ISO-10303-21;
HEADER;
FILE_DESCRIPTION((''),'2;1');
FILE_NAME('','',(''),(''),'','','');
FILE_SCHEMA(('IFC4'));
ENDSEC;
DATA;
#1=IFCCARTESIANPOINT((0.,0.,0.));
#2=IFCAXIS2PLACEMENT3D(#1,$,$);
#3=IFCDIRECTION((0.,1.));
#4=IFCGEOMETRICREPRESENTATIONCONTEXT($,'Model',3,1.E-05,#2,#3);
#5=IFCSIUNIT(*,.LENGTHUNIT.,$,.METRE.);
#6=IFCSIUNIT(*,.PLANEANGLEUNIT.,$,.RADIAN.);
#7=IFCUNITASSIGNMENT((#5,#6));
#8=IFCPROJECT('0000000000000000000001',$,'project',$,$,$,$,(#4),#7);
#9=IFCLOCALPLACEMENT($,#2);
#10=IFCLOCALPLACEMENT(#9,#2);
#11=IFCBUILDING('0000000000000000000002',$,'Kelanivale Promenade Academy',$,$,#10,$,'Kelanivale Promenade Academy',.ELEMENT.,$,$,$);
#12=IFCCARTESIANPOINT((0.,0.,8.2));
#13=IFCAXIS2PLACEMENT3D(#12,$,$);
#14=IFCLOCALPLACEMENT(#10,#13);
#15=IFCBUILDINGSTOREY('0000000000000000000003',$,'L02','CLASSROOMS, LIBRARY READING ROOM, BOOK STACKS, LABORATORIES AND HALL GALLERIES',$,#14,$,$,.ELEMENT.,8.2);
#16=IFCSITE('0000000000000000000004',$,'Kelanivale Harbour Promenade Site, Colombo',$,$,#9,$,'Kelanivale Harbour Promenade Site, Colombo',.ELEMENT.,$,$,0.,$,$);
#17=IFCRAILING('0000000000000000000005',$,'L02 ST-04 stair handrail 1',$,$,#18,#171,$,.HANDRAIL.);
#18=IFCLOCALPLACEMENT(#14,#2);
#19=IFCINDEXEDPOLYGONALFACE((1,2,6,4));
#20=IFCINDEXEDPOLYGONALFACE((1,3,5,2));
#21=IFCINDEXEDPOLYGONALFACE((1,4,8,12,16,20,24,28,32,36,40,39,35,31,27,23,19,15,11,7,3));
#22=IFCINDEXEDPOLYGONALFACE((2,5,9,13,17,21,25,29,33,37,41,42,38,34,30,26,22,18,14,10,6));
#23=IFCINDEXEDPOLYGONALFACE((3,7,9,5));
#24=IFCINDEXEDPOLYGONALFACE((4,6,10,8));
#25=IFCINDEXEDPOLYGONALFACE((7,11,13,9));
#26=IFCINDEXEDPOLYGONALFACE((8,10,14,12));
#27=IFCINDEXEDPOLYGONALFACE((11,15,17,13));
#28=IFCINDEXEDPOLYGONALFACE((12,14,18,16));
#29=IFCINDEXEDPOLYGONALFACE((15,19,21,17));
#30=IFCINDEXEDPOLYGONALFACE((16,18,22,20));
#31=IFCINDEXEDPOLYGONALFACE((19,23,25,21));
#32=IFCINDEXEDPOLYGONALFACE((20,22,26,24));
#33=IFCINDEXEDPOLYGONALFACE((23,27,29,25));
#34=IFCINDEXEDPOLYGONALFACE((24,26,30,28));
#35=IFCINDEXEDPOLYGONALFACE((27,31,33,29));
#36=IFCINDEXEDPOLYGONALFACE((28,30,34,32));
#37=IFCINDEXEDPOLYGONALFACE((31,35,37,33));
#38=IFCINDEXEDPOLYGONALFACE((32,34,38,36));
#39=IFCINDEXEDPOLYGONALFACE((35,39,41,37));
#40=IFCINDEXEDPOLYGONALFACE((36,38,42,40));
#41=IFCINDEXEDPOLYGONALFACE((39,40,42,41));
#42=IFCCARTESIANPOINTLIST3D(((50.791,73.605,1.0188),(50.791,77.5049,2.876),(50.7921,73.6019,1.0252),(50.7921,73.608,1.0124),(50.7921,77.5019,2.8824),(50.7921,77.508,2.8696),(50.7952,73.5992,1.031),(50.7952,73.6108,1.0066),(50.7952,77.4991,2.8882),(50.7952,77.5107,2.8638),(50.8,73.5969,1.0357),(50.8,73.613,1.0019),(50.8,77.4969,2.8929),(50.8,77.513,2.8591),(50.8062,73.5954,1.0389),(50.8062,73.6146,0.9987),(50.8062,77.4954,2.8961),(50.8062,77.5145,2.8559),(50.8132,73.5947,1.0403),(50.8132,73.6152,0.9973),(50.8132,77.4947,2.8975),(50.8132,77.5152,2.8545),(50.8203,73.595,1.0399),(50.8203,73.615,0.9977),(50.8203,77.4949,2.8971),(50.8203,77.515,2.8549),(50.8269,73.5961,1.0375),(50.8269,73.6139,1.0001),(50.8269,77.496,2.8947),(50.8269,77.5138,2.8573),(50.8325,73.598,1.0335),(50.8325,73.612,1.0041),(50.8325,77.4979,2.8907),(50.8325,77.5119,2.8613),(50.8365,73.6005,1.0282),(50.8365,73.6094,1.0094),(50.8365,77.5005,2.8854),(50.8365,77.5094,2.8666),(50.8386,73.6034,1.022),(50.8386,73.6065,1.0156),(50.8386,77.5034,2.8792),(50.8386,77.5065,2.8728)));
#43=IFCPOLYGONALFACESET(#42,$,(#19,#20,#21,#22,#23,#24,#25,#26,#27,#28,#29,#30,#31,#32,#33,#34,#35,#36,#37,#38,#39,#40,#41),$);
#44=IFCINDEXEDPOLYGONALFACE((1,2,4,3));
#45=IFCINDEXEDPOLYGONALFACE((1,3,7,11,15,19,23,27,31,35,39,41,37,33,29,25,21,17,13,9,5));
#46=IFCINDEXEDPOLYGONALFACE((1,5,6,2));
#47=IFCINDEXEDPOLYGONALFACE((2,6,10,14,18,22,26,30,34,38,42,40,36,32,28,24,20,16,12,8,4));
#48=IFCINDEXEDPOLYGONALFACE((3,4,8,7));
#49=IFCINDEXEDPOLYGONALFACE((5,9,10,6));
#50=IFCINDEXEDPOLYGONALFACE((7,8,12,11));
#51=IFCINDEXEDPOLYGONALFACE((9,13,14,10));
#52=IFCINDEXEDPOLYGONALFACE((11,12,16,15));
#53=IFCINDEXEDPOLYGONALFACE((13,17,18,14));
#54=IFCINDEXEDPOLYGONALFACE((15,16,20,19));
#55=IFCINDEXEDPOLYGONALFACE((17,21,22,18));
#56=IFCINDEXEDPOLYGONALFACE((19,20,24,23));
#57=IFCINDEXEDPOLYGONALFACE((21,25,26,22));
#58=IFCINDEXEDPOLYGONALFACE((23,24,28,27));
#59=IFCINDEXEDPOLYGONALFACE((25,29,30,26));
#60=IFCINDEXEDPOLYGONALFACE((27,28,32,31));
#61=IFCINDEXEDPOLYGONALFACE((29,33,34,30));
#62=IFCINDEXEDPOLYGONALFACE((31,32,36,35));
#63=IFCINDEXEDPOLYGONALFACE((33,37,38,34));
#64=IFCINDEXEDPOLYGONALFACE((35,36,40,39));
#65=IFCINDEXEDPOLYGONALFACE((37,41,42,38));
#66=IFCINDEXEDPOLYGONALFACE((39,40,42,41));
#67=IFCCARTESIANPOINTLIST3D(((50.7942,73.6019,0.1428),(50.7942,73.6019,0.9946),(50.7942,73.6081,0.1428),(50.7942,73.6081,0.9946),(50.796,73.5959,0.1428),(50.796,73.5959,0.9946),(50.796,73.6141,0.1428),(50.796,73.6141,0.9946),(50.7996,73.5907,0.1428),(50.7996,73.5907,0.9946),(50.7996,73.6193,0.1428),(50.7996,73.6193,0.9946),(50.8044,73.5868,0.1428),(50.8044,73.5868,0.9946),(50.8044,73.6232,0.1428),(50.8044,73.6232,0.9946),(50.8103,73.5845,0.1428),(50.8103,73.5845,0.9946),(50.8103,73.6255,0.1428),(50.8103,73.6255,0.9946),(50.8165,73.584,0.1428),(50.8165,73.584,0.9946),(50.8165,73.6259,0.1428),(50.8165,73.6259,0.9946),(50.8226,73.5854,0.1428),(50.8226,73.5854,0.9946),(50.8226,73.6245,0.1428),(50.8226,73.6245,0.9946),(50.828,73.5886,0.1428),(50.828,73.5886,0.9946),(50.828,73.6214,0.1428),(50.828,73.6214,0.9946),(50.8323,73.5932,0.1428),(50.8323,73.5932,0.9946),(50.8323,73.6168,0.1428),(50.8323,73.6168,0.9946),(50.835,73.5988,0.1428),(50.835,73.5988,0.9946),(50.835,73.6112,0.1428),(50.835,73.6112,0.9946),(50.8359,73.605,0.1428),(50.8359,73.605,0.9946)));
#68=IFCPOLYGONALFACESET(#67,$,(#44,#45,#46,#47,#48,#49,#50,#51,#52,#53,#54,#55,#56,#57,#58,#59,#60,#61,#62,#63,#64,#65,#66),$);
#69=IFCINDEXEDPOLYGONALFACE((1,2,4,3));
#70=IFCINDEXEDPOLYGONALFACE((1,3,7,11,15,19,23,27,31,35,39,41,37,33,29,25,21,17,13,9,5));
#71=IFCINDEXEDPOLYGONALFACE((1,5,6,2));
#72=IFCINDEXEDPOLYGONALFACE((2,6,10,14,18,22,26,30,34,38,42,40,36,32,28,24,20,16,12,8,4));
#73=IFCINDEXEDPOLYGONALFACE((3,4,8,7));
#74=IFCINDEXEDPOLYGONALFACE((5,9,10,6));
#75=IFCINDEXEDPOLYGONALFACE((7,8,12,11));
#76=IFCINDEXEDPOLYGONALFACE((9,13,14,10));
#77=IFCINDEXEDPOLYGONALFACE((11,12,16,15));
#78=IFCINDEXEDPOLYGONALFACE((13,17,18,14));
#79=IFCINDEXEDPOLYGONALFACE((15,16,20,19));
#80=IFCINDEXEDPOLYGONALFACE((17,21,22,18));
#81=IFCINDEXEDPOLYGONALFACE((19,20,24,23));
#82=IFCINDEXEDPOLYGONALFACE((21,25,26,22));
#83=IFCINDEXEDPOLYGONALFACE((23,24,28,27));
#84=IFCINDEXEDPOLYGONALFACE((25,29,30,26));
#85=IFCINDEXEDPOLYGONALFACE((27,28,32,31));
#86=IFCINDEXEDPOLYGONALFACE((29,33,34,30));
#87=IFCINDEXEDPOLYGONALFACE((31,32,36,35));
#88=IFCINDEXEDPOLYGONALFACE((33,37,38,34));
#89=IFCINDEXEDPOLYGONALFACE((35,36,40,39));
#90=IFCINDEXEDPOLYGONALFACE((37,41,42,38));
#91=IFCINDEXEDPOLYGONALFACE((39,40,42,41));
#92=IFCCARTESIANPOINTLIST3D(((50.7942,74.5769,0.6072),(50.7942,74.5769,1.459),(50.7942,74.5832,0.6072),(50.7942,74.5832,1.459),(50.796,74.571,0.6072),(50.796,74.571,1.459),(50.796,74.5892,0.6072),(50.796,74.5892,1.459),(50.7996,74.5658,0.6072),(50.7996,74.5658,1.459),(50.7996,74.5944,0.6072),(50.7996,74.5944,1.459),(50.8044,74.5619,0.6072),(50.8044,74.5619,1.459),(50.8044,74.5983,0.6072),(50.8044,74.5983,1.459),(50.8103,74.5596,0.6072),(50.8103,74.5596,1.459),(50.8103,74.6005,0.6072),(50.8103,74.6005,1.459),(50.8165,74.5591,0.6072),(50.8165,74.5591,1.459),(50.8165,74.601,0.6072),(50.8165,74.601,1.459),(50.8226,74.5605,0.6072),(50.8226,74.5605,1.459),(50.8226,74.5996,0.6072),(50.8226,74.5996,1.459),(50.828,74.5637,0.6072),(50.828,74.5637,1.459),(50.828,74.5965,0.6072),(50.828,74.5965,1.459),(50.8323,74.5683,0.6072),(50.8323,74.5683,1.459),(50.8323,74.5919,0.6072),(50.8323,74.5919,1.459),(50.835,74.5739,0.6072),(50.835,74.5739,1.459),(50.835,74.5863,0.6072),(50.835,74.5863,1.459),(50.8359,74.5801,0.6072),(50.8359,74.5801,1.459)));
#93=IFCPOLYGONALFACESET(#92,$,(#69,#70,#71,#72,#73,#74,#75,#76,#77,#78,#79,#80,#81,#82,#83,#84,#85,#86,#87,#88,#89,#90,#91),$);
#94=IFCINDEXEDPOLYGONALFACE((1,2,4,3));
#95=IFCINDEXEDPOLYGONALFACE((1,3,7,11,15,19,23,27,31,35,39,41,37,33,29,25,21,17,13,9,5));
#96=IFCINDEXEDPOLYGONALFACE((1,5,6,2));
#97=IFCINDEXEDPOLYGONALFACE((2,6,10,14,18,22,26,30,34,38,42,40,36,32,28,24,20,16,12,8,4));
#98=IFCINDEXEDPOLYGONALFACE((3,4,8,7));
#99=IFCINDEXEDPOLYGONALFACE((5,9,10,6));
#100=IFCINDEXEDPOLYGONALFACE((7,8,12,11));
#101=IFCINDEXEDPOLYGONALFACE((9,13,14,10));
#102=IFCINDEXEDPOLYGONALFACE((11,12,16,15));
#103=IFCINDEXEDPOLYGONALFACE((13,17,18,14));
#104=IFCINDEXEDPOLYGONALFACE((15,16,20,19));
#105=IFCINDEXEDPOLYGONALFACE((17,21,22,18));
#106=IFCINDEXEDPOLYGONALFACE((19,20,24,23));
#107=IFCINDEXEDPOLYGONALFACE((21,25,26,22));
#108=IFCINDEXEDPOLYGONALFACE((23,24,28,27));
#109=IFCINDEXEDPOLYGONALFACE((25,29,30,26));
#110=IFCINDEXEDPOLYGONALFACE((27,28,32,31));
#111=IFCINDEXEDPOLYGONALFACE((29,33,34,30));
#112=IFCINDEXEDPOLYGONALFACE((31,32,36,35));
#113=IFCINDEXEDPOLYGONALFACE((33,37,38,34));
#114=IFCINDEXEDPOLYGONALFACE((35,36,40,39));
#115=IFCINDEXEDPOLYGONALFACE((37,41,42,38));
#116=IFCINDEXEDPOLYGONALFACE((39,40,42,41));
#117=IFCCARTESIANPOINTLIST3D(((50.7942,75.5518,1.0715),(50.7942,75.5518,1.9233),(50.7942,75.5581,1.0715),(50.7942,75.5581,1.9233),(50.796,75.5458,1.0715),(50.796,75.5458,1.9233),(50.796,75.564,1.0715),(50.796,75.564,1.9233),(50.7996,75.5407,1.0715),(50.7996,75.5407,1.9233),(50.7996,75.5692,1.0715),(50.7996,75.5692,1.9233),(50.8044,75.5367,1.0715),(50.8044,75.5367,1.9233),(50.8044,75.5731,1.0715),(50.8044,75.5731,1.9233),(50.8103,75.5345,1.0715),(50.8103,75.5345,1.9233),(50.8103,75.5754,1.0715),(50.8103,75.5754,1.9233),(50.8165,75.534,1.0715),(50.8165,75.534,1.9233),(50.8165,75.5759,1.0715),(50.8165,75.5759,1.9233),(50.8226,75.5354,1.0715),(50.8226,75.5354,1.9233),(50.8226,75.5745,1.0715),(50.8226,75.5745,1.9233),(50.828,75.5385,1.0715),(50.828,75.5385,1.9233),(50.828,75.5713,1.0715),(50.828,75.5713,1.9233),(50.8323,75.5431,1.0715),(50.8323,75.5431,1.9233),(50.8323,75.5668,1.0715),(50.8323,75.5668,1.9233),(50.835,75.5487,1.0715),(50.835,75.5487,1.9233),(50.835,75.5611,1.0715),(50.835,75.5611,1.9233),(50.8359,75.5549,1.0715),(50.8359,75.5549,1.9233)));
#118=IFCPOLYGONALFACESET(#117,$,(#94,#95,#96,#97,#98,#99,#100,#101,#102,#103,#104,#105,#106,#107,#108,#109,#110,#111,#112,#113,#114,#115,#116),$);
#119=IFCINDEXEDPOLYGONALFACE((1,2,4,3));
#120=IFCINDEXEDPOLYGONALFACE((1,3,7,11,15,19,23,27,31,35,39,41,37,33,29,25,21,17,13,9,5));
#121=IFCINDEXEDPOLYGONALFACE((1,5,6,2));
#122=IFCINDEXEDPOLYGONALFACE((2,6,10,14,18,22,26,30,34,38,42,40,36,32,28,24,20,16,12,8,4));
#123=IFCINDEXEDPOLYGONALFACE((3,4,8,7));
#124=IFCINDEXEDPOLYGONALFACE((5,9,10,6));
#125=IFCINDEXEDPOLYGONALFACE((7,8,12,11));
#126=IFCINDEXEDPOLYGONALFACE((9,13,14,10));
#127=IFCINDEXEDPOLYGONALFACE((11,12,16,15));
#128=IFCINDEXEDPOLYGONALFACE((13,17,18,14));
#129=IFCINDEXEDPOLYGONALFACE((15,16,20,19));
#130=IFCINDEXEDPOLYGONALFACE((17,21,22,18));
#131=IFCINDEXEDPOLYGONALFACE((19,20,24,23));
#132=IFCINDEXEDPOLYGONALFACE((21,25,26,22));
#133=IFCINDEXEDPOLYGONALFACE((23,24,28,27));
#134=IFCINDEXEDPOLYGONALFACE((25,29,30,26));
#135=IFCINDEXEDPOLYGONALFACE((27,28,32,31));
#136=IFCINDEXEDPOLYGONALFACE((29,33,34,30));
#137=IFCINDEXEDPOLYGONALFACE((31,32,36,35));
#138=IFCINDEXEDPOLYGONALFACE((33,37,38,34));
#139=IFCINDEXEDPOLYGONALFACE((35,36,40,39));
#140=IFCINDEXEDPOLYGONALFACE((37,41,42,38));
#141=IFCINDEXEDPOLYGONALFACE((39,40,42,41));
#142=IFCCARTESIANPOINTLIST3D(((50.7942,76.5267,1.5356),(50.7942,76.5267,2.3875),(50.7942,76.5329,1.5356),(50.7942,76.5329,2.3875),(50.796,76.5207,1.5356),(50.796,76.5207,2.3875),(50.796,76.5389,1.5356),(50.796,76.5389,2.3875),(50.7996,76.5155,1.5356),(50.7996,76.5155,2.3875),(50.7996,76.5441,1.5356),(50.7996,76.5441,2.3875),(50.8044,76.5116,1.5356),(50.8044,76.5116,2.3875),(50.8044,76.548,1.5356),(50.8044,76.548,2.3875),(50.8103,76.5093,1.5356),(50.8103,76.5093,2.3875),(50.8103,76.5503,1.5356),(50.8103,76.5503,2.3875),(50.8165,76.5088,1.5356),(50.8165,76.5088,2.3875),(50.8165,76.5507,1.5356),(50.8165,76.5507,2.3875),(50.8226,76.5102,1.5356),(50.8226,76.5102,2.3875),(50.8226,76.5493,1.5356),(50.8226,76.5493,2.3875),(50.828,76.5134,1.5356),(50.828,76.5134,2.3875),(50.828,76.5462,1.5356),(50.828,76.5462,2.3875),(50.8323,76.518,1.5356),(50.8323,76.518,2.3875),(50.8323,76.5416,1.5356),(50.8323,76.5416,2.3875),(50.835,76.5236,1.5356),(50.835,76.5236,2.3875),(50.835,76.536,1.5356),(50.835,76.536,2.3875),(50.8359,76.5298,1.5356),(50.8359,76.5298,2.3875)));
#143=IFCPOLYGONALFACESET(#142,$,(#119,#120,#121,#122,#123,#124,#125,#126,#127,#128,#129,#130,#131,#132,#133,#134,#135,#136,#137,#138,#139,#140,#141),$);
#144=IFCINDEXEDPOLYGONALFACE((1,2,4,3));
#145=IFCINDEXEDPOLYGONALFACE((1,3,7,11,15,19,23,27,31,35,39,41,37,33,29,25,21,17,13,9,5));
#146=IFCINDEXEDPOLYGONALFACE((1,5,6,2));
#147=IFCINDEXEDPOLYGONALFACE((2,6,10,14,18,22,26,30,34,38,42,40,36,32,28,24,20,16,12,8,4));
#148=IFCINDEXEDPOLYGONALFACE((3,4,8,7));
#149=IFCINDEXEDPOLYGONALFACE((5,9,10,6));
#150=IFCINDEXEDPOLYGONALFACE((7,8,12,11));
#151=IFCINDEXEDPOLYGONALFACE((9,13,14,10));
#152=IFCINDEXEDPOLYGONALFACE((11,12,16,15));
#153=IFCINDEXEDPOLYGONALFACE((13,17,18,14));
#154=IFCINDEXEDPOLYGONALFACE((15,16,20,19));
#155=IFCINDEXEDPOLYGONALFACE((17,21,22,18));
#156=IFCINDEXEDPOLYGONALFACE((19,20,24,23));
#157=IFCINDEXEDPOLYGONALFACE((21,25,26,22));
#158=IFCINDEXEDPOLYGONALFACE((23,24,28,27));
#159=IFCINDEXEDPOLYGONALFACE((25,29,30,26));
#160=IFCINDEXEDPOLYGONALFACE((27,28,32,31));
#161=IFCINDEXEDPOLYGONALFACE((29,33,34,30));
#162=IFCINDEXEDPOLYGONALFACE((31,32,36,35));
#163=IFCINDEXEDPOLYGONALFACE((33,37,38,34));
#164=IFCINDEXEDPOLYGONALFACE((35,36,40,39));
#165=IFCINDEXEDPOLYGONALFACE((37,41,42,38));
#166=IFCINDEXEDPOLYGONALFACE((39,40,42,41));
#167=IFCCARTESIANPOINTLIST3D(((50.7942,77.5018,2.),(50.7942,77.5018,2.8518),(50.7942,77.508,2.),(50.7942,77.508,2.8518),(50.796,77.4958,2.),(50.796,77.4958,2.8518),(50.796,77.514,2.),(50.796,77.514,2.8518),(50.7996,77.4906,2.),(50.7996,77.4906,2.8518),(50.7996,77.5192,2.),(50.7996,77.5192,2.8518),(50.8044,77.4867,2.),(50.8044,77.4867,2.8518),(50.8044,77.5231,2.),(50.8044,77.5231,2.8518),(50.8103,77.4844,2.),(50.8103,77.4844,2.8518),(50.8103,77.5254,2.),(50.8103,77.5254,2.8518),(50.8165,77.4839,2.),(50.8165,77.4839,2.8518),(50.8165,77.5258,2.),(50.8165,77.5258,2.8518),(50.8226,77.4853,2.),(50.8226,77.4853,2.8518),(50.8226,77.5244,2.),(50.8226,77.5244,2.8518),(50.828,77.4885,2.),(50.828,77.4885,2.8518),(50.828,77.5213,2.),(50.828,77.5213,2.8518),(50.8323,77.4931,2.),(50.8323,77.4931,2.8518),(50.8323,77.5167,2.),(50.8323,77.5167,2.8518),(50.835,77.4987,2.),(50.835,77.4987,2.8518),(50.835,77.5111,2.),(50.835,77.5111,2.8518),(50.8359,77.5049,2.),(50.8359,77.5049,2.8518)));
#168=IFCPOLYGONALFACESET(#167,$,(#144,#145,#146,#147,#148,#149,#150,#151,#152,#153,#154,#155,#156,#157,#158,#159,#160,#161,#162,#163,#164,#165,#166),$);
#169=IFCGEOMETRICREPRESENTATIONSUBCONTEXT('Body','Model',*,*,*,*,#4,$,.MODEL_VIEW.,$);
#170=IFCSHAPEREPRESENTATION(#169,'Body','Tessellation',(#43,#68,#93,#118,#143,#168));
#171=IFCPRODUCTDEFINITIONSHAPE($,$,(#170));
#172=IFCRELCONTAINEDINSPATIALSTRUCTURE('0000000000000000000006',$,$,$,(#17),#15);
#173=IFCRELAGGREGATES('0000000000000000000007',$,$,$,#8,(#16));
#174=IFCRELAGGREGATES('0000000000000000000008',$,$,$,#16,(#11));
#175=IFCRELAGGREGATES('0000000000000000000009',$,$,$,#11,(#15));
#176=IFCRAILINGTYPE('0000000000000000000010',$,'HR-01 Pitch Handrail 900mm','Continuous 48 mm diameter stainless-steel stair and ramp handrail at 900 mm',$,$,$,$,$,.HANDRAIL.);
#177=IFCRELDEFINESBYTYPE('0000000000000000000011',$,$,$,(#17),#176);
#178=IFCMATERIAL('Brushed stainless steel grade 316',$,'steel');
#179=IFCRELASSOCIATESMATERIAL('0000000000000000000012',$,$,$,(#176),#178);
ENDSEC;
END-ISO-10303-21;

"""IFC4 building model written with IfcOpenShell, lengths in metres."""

from ifc_helpers import new_model, si_unit, direction, frame, origin, origin_2d, place, context, subcontext, project, spatial, circle, extrude, material, type_object, element, save


model = new_model("IFC4")

# Units and contexts
model_context = context("Model", 3, precision=1e-05, world=origin(), true_north=direction((0.0, 1.0)))
body_context = subcontext(model_context, "Body", "Model", "MODEL_VIEW")
ifc_project = project(units=[si_unit("LENGTHUNIT", "METRE"), si_unit("PLANEANGLEUNIT", "RADIAN")], contexts=[model_context])

# Site, building, storey
site_placement = place(None, origin())
site = spatial("IfcSite", under=ifc_project, at=site_placement, Name="Kelanivale Harbour Promenade Site, Colombo", LongName="Kelanivale Harbour Promenade Site, Colombo", CompositionType="ELEMENT", RefElevation=0.0)
building_placement = place(site_placement, origin())
building = spatial("IfcBuilding", under=site, at=building_placement, Name="Kelanivale Promenade Academy", LongName="Kelanivale Promenade Academy", CompositionType="ELEMENT")
storey_placement = place(building_placement, frame((0.0, 0.0, 8.2)))
storey = spatial("IfcBuildingStorey", under=building, at=storey_placement, Name="L02", Description="CLASSROOMS, LIBRARY READING ROOM, BOOK STACKS, LABORATORIES AND HALL GALLERIES", CompositionType="ELEMENT", Elevation=8.2)

# Railing
ifc_material_1 = material(Name="Brushed stainless steel grade 316", Category="steel")
railing_type_1 = type_object("IfcRailingType", Name="HR-01 Pitch Handrail 900mm", Description="Continuous 48 mm diameter stainless-steel stair and ramp handrail at 900 mm", PredefinedType="HANDRAIL", material=ifc_material_1)
railing_1_placement = place(storey_placement, frame((50.8149, 73.605, 0.1428)))
element("IfcRailing", 1, at=railing_1_placement, inside=storey, type_object=railing_type_1, Name="L02 ST-04 stair handrail 1", PredefinedType="HANDRAIL", context=body_context, shape_type="SweptSolid", body=[
    extrude(circle(Radius=0.0239, at=origin_2d()), frame((0.0, 0.0, 0.876), z_axis=(0.0, 0.902853, 0.429949), x_axis=(-1.0, 0.0, 0.0)), (0.0, 0.0, 1.0), 4.3196),
    extrude(circle(Radius=0.021, at=origin_2d()), origin(), (0.0, 0.0, 1.0), 0.8518),
    extrude(circle(Radius=0.021, at=origin_2d()), frame((0.0, 0.9751, 0.4644)), (0.0, 0.0, 1.0), 0.8518),
    extrude(circle(Radius=0.021, at=origin_2d()), frame((0.0, 1.95, 0.9287)), (0.0, 0.0, 1.0), 0.8518),
    extrude(circle(Radius=0.021, at=origin_2d()), frame((0.0, 2.9248, 1.3928)), (0.0, 0.0, 1.0), 0.8518),
    extrude(circle(Radius=0.021, at=origin_2d()), frame((0.0, 3.8999, 1.8572)), (0.0, 0.0, 1.0), 0.8518),
])

save(model, "model.ifc")
